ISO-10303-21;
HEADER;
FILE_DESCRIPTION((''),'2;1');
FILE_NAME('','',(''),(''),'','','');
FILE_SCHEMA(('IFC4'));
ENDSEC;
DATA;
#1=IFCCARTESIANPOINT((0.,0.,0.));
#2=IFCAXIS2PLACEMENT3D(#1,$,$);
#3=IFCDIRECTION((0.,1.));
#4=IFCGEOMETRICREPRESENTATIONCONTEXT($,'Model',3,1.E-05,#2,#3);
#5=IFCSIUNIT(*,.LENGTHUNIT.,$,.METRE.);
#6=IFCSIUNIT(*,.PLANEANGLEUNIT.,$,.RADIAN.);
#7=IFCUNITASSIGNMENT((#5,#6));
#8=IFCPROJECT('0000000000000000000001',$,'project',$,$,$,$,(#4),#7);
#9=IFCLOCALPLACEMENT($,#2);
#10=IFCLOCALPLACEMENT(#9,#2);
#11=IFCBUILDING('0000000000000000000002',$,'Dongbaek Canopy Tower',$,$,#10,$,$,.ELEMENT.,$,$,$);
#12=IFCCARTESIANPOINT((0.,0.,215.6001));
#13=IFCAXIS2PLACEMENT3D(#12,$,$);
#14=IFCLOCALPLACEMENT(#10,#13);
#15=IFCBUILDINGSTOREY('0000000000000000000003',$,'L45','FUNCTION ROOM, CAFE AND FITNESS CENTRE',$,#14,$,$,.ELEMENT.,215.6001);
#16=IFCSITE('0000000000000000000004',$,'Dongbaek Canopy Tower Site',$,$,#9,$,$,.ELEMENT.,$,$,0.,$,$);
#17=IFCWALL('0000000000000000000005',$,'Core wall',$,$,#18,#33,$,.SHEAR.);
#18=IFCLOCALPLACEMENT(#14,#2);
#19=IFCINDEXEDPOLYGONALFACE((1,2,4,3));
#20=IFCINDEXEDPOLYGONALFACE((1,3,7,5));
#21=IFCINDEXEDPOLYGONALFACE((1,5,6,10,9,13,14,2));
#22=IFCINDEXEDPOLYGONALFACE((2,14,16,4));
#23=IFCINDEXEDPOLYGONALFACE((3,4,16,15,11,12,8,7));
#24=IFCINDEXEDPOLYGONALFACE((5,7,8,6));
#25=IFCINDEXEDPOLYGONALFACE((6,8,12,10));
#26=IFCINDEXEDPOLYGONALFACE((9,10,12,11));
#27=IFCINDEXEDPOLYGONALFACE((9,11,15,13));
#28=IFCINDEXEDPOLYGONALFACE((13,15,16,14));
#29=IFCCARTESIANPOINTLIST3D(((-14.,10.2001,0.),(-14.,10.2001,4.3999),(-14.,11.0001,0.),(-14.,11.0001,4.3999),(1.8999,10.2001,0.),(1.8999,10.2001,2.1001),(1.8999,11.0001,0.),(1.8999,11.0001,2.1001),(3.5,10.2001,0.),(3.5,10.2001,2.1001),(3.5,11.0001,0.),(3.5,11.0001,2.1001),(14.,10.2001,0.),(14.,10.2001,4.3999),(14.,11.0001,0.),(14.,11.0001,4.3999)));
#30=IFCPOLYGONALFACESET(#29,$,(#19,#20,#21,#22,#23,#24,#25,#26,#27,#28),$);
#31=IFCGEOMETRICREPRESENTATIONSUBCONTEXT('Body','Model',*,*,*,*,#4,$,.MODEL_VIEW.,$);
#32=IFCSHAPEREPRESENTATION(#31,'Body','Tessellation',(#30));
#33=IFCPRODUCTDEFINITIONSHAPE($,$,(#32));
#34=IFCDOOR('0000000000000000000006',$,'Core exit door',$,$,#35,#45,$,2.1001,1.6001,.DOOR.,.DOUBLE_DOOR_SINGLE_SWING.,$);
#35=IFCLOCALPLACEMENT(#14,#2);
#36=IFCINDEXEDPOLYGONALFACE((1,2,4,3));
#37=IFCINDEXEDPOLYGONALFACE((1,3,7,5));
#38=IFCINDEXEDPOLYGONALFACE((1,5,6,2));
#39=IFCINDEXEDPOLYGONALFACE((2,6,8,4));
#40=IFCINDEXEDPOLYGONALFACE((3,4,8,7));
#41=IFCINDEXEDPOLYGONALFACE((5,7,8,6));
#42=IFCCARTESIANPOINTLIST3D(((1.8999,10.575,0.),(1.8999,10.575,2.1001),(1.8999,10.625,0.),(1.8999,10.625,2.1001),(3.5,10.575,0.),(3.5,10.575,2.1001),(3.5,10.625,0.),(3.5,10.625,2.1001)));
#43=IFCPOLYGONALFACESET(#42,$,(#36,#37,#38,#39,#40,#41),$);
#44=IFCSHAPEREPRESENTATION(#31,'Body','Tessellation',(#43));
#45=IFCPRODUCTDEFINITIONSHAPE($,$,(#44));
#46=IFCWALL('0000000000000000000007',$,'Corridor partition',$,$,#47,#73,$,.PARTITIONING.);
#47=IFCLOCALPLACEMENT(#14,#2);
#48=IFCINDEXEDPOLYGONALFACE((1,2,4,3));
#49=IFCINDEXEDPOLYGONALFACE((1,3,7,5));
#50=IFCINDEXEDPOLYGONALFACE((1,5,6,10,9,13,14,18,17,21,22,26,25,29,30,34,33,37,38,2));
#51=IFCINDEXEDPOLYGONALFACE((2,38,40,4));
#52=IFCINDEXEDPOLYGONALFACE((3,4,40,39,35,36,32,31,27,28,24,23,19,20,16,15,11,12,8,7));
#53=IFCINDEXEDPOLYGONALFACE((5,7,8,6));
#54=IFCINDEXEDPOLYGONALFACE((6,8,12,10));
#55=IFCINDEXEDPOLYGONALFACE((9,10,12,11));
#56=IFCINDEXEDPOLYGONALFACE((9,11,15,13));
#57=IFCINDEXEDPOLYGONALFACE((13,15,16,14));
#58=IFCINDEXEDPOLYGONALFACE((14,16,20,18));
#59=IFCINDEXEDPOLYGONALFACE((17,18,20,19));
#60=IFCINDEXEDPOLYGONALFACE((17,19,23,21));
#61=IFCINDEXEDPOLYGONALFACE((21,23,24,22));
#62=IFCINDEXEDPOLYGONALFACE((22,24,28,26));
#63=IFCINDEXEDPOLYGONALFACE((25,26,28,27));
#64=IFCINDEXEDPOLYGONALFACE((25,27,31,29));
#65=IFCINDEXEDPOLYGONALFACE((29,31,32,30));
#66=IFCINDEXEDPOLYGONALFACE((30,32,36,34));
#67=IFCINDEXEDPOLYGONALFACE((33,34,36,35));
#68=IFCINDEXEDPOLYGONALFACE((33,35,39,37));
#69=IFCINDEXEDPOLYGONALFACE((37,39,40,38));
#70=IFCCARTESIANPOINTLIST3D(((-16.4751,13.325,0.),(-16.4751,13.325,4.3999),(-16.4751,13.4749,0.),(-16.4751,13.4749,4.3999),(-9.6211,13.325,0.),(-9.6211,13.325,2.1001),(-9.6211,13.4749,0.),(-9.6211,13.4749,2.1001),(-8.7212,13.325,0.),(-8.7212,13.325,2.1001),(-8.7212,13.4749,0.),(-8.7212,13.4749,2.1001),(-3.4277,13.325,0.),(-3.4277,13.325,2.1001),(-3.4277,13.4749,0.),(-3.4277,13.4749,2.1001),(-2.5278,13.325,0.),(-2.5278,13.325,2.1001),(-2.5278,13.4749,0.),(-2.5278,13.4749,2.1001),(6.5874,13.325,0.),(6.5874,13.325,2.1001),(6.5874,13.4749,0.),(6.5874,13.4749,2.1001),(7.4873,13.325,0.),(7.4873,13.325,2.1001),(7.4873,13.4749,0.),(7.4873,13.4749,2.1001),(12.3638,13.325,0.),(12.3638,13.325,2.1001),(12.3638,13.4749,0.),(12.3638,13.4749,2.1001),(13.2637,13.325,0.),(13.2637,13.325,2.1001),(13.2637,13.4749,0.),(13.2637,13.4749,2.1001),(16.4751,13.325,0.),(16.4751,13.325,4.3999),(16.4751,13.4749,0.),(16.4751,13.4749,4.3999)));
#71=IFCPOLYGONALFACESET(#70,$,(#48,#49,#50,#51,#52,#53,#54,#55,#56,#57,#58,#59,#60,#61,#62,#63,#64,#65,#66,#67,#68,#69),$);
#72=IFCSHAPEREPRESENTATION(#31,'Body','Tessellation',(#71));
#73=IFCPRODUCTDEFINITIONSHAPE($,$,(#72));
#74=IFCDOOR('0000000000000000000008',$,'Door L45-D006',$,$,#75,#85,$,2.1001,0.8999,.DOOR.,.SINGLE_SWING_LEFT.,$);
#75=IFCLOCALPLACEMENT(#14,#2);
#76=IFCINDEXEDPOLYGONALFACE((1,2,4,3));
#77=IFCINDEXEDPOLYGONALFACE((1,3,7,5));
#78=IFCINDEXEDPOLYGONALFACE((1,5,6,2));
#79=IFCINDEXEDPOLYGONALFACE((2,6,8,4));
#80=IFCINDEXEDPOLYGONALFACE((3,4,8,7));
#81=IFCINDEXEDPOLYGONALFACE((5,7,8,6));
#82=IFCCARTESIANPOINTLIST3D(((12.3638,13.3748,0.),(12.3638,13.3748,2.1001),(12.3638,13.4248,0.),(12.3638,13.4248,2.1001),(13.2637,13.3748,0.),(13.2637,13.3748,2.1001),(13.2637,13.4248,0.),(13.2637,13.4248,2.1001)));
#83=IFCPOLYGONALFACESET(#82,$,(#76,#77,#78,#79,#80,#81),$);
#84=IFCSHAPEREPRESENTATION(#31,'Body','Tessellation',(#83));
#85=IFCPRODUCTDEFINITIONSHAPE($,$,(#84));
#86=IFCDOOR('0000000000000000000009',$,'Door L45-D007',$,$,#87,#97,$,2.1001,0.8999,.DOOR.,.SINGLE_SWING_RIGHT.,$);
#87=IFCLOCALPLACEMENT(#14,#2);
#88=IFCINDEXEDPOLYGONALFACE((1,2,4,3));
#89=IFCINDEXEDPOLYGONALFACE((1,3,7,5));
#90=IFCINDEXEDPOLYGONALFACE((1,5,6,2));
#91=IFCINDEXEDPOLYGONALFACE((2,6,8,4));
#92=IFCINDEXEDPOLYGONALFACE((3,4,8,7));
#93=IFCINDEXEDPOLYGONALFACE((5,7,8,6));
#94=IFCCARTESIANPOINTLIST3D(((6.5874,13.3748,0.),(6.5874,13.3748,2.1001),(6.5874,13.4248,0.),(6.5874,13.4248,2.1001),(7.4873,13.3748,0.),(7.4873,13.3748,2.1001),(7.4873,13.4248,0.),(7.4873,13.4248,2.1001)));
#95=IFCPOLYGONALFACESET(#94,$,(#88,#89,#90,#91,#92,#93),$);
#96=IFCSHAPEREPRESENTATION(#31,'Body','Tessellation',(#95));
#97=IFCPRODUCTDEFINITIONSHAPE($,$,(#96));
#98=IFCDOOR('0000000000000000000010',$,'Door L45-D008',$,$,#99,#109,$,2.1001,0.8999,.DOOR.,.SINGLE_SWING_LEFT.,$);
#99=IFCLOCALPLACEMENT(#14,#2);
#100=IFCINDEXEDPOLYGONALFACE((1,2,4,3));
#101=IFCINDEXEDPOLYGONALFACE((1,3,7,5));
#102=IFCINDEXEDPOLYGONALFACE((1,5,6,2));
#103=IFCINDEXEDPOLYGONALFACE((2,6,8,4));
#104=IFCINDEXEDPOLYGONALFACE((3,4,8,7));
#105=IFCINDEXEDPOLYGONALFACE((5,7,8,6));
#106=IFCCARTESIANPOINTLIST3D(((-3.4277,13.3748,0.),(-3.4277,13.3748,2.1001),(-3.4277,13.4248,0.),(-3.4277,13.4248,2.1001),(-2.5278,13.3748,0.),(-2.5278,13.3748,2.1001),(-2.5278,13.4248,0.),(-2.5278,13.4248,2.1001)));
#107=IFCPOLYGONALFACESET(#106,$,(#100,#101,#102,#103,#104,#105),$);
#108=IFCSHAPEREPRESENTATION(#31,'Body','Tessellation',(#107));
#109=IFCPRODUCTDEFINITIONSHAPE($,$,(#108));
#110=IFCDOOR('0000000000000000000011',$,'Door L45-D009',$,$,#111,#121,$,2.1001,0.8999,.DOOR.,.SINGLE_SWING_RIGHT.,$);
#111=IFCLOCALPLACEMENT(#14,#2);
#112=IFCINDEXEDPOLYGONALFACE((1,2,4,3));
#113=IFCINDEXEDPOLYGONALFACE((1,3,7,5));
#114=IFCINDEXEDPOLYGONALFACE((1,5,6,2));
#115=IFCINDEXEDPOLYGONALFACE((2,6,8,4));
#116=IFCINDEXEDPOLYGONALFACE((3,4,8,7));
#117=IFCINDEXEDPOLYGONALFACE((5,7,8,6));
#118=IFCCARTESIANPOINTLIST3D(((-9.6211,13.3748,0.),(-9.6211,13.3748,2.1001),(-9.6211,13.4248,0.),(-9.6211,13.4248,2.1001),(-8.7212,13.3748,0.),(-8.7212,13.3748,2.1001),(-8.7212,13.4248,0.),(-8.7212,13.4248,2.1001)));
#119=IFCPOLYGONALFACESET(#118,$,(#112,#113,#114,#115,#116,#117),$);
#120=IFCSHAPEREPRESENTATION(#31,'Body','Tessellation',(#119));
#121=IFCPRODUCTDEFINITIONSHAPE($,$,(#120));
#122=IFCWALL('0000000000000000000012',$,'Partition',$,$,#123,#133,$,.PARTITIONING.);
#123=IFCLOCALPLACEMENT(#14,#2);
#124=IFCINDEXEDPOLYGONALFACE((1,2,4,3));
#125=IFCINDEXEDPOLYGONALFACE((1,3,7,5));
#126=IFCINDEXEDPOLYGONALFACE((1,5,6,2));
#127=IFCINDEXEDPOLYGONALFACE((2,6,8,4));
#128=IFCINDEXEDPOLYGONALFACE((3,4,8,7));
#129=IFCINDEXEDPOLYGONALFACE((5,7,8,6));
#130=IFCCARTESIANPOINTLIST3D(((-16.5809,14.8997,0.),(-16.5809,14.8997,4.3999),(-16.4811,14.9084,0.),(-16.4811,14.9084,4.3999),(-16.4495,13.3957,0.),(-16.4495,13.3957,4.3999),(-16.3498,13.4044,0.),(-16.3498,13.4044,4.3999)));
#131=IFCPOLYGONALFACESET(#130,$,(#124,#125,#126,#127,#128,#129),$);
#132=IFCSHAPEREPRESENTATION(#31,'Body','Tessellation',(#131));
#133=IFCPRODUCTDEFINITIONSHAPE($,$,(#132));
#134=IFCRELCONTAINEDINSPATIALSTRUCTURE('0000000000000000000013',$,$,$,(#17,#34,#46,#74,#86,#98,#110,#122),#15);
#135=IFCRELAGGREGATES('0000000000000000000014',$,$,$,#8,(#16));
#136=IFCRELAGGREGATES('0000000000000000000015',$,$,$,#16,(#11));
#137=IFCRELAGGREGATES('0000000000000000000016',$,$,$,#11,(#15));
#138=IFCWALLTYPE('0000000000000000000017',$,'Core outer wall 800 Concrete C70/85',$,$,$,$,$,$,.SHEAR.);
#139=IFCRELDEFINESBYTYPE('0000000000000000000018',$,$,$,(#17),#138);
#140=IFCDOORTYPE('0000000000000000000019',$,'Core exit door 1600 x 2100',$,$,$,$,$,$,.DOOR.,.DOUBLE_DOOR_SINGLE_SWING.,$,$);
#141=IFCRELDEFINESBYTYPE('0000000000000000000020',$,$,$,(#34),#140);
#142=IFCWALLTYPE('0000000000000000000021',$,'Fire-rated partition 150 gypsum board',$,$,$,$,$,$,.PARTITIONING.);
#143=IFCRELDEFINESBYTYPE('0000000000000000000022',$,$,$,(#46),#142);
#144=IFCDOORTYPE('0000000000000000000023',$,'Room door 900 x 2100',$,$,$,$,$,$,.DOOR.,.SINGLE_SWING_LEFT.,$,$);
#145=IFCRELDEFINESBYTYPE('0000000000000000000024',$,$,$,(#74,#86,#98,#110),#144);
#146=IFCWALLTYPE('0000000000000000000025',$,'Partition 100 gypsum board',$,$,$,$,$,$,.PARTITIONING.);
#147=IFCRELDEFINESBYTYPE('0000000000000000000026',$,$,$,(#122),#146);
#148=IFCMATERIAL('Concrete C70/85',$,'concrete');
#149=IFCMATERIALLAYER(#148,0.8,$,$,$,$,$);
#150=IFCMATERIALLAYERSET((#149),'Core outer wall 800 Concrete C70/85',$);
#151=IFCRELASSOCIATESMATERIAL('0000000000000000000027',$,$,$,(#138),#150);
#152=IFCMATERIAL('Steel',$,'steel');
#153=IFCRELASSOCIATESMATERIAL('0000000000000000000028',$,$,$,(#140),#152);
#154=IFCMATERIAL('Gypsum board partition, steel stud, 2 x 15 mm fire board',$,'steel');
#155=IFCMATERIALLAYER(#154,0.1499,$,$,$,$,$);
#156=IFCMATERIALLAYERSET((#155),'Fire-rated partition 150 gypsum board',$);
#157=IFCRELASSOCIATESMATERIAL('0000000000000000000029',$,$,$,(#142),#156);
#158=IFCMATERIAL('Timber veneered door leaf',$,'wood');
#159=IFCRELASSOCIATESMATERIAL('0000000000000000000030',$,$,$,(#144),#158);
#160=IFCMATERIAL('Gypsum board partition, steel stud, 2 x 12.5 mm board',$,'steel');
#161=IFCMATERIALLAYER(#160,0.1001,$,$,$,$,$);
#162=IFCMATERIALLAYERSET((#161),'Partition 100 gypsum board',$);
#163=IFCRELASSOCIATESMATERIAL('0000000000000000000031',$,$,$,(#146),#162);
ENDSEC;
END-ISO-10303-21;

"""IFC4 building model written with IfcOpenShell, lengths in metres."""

from ifc_helpers import new_model, si_unit, direction, frame, frame_2d, origin, place, context, subcontext, project, spatial, rectangle, extrude, material, layer, layer_set, type_object, element, fill, save


model = new_model("IFC4")

# Units and contexts
model_context = context("Model", 3, precision=1e-05, world=origin(), true_north=direction((0.0, 1.0)))
body_context = subcontext(model_context, "Body", "Model", "MODEL_VIEW")
ifc_project = project(units=[si_unit("LENGTHUNIT", "METRE"), si_unit("PLANEANGLEUNIT", "RADIAN")], contexts=[model_context])

# Site, building, storey
site_placement = place(None, origin())
site = spatial("IfcSite", under=ifc_project, at=site_placement, Name="Dongbaek Canopy Tower Site", CompositionType="ELEMENT", RefElevation=0.0)
building_placement = place(site_placement, origin())
building = spatial("IfcBuilding", under=site, at=building_placement, Name="Dongbaek Canopy Tower", CompositionType="ELEMENT")
storey_placement = place(building_placement, frame((0.0, 0.0, 215.6001)))
storey = spatial("IfcBuildingStorey", under=building, at=storey_placement, Name="L45", Description="FUNCTION ROOM, CAFE AND FITNESS CENTRE", CompositionType="ELEMENT", Elevation=215.6001)

# Wall, opening, door
ifc_material_1 = material(Name="Concrete C70/85", Category="concrete")
ifc_layer_1 = layer(ifc_material_1, 0.8)
ifc_layer_set_1 = layer_set([ifc_layer_1], Name="Core outer wall 800 Concrete C70/85")
wall_type_1 = type_object("IfcWallType", Name="Core outer wall 800 Concrete C70/85", PredefinedType="SHEAR", material=ifc_layer_set_1)
wall_1_placement = place(storey_placement, frame((-14.0, 10.6001, 0.0), z_axis=(0.0, 0.0, 1.0), x_axis=(1.0, 0.0, 0.0)))
wall_1 = element("IfcWall", 1, at=wall_1_placement, inside=storey, type_object=wall_type_1, Name="Core wall", PredefinedType="SHEAR", context=body_context, shape_type="SweptSolid", body=[
    extrude(rectangle(XDim=28.0, YDim=0.8, at=frame_2d((14.0, 0.0))), origin(), (0.0, 0.0, 1.0), 4.3999),
])
opening_1_placement = place(wall_1_placement, frame((15.8999, 0.0, 0.0)))
opening_1 = element("IfcOpeningElement", 2, at=opening_1_placement, cuts=wall_1, PredefinedType="OPENING", context=body_context, shape_type="SweptSolid", body=[
    extrude(rectangle(XDim=1.6001, YDim=2.1001, at=frame_2d((0.8, 1.05))), frame((0.0, 0.4099, 0.0), z_axis=(0.0, -1.0, 0.0), x_axis=(1.0, 0.0, 0.0)), (0.0, 0.0, 1.0), 0.8201),
])
ifc_material_2 = material(Name="Steel", Category="steel")
door_type_1 = type_object("IfcDoorType", Name="Core exit door 1600 x 2100", OperationType="DOUBLE_DOOR_SINGLE_SWING", PredefinedType="DOOR", material=ifc_material_2)
door_1_placement = place(opening_1_placement, origin())
door_1 = element("IfcDoor", 3, at=door_1_placement, inside=storey, type_object=door_type_1, Name="Core exit door", OperationType="DOUBLE_DOOR_SINGLE_SWING", OverallHeight=2.1001, OverallWidth=1.6001, PredefinedType="DOOR", context=body_context, shape_type="SweptSolid", body=[
    extrude(rectangle(XDim=1.6001, YDim=2.1001, at=frame_2d((0.8, 1.05))), frame((0.0, 0.0249, 0.0), z_axis=(0.0, -1.0, 0.0), x_axis=(1.0, 0.0, 0.0)), (0.0, 0.0, 1.0), 0.05),
])
fill(opening_1, door_1)

# Wall, openings, doors
ifc_material_3 = material(Name="Gypsum board partition, steel stud, 2 x 15 mm fire board", Category="steel")
ifc_layer_2 = layer(ifc_material_3, 0.1499)
ifc_layer_set_2 = layer_set([ifc_layer_2], Name="Fire-rated partition 150 gypsum board")
wall_type_2 = type_object("IfcWallType", Name="Fire-rated partition 150 gypsum board", PredefinedType="PARTITIONING", material=ifc_layer_set_2)
wall_2_placement = place(storey_placement, frame((-16.4751, 13.3999, 0.0), z_axis=(0.0, 0.0, 1.0), x_axis=(1.0, 0.0, 0.0)))
wall_2 = element("IfcWall", 4, at=wall_2_placement, inside=storey, type_object=wall_type_2, Name="Corridor partition", PredefinedType="PARTITIONING", context=body_context, shape_type="SweptSolid", body=[
    extrude(rectangle(XDim=32.9502, YDim=0.1499, at=frame_2d((16.4751, 0.0))), origin(), (0.0, 0.0, 1.0), 4.3999),
])
opening_2_placement = place(wall_2_placement, frame((28.8389, 0.0, 0.0)))
opening_2 = element("IfcOpeningElement", 5, at=opening_2_placement, cuts=wall_2, PredefinedType="OPENING", context=body_context, shape_type="SweptSolid", body=[
    extrude(rectangle(XDim=0.8999, YDim=2.1001, at=frame_2d((0.45, 1.05))), frame((0.0, 0.085, 0.0), z_axis=(0.0, -1.0, 0.0), x_axis=(1.0, 0.0, 0.0)), (0.0, 0.0, 1.0), 0.1699),
])
opening_3_placement = place(wall_2_placement, frame((23.0625, 0.0, 0.0)))
opening_3 = element("IfcOpeningElement", 6, at=opening_3_placement, cuts=wall_2, PredefinedType="OPENING", context=body_context, shape_type="SweptSolid", body=[
    extrude(rectangle(XDim=0.8999, YDim=2.1001, at=frame_2d((0.45, 1.05))), frame((0.0, 0.085, 0.0), z_axis=(0.0, -1.0, 0.0), x_axis=(1.0, 0.0, 0.0)), (0.0, 0.0, 1.0), 0.1699),
])
opening_4_placement = place(wall_2_placement, frame((13.0474, 0.0, 0.0)))
opening_4 = element("IfcOpeningElement", 7, at=opening_4_placement, cuts=wall_2, PredefinedType="OPENING", context=body_context, shape_type="SweptSolid", body=[
    extrude(rectangle(XDim=0.8999, YDim=2.1001, at=frame_2d((0.45, 1.05))), frame((0.0, 0.085, 0.0), z_axis=(0.0, -1.0, 0.0), x_axis=(1.0, 0.0, 0.0)), (0.0, 0.0, 1.0), 0.1699),
])
opening_5_placement = place(wall_2_placement, frame((6.854, 0.0, 0.0)))
opening_5 = element("IfcOpeningElement", 8, at=opening_5_placement, cuts=wall_2, PredefinedType="OPENING", context=body_context, shape_type="SweptSolid", body=[
    extrude(rectangle(XDim=0.8999, YDim=2.1001, at=frame_2d((0.45, 1.05))), frame((0.0, 0.085, 0.0), z_axis=(0.0, -1.0, 0.0), x_axis=(1.0, 0.0, 0.0)), (0.0, 0.0, 1.0), 0.1699),
])
ifc_material_4 = material(Name="Timber veneered door leaf", Category="wood")
door_type_2 = type_object("IfcDoorType", Name="Room door 900 x 2100", OperationType="SINGLE_SWING_LEFT", PredefinedType="DOOR", material=ifc_material_4)
door_2_placement = place(opening_2_placement, origin())
door_2 = element("IfcDoor", 9, at=door_2_placement, inside=storey, type_object=door_type_2, Name="Door L45-D006", OperationType="SINGLE_SWING_LEFT", OverallHeight=2.1001, OverallWidth=0.8999, PredefinedType="DOOR", context=body_context, shape_type="SweptSolid", body=[
    extrude(rectangle(XDim=0.8999, YDim=2.1001, at=frame_2d((0.45, 1.05))), frame((0.0, 0.0249, 0.0), z_axis=(0.0, -1.0, 0.0), x_axis=(1.0, 0.0, 0.0)), (0.0, 0.0, 1.0), 0.05),
])
fill(opening_2, door_2)
door_3_placement = place(opening_3_placement, origin())
door_3 = element("IfcDoor", 10, at=door_3_placement, inside=storey, type_object=door_type_2, Name="Door L45-D007", OperationType="SINGLE_SWING_RIGHT", OverallHeight=2.1001, OverallWidth=0.8999, PredefinedType="DOOR", context=body_context, shape_type="SweptSolid", body=[
    extrude(rectangle(XDim=0.8999, YDim=2.1001, at=frame_2d((0.45, 1.05))), frame((0.0, 0.0249, 0.0), z_axis=(0.0, -1.0, 0.0), x_axis=(1.0, 0.0, 0.0)), (0.0, 0.0, 1.0), 0.05),
])
fill(opening_3, door_3)
door_4_placement = place(opening_4_placement, origin())
door_4 = element("IfcDoor", 11, at=door_4_placement, inside=storey, type_object=door_type_2, Name="Door L45-D008", OperationType="SINGLE_SWING_LEFT", OverallHeight=2.1001, OverallWidth=0.8999, PredefinedType="DOOR", context=body_context, shape_type="SweptSolid", body=[
    extrude(rectangle(XDim=0.8999, YDim=2.1001, at=frame_2d((0.45, 1.05))), frame((0.0, 0.0249, 0.0), z_axis=(0.0, -1.0, 0.0), x_axis=(1.0, 0.0, 0.0)), (0.0, 0.0, 1.0), 0.05),
])
fill(opening_4, door_4)
door_5_placement = place(opening_5_placement, origin())
door_5 = element("IfcDoor", 12, at=door_5_placement, inside=storey, type_object=door_type_2, Name="Door L45-D009", OperationType="SINGLE_SWING_RIGHT", OverallHeight=2.1001, OverallWidth=0.8999, PredefinedType="DOOR", context=body_context, shape_type="SweptSolid", body=[
    extrude(rectangle(XDim=0.8999, YDim=2.1001, at=frame_2d((0.45, 1.05))), frame((0.0, 0.0249, 0.0), z_axis=(0.0, -1.0, 0.0), x_axis=(1.0, 0.0, 0.0)), (0.0, 0.0, 1.0), 0.05),
])
fill(opening_5, door_5)

# Wall
ifc_material_5 = material(Name="Gypsum board partition, steel stud, 2 x 12.5 mm board", Category="steel")
ifc_layer_3 = layer(ifc_material_5, 0.1001)
ifc_layer_set_3 = layer_set([ifc_layer_3], Name="Partition 100 gypsum board")
wall_type_3 = type_object("IfcWallType", Name="Partition 100 gypsum board", PredefinedType="PARTITIONING", material=ifc_layer_set_3)
wall_3_placement = place(storey_placement, frame((-16.531, 14.9041, 0.0), z_axis=(0.0, 0.0, 1.0), x_axis=(0.086992, -0.996209, 0.0)))
element("IfcWall", 13, at=wall_3_placement, inside=storey, type_object=wall_type_3, Name="Partition", PredefinedType="PARTITIONING", context=body_context, shape_type="SweptSolid", body=[
    extrude(rectangle(XDim=1.5098, YDim=0.1001, at=frame_2d((0.7549, 0.0))), origin(), (0.0, 0.0, 1.0), 4.3999),
])

save(model, "model.ifc")
